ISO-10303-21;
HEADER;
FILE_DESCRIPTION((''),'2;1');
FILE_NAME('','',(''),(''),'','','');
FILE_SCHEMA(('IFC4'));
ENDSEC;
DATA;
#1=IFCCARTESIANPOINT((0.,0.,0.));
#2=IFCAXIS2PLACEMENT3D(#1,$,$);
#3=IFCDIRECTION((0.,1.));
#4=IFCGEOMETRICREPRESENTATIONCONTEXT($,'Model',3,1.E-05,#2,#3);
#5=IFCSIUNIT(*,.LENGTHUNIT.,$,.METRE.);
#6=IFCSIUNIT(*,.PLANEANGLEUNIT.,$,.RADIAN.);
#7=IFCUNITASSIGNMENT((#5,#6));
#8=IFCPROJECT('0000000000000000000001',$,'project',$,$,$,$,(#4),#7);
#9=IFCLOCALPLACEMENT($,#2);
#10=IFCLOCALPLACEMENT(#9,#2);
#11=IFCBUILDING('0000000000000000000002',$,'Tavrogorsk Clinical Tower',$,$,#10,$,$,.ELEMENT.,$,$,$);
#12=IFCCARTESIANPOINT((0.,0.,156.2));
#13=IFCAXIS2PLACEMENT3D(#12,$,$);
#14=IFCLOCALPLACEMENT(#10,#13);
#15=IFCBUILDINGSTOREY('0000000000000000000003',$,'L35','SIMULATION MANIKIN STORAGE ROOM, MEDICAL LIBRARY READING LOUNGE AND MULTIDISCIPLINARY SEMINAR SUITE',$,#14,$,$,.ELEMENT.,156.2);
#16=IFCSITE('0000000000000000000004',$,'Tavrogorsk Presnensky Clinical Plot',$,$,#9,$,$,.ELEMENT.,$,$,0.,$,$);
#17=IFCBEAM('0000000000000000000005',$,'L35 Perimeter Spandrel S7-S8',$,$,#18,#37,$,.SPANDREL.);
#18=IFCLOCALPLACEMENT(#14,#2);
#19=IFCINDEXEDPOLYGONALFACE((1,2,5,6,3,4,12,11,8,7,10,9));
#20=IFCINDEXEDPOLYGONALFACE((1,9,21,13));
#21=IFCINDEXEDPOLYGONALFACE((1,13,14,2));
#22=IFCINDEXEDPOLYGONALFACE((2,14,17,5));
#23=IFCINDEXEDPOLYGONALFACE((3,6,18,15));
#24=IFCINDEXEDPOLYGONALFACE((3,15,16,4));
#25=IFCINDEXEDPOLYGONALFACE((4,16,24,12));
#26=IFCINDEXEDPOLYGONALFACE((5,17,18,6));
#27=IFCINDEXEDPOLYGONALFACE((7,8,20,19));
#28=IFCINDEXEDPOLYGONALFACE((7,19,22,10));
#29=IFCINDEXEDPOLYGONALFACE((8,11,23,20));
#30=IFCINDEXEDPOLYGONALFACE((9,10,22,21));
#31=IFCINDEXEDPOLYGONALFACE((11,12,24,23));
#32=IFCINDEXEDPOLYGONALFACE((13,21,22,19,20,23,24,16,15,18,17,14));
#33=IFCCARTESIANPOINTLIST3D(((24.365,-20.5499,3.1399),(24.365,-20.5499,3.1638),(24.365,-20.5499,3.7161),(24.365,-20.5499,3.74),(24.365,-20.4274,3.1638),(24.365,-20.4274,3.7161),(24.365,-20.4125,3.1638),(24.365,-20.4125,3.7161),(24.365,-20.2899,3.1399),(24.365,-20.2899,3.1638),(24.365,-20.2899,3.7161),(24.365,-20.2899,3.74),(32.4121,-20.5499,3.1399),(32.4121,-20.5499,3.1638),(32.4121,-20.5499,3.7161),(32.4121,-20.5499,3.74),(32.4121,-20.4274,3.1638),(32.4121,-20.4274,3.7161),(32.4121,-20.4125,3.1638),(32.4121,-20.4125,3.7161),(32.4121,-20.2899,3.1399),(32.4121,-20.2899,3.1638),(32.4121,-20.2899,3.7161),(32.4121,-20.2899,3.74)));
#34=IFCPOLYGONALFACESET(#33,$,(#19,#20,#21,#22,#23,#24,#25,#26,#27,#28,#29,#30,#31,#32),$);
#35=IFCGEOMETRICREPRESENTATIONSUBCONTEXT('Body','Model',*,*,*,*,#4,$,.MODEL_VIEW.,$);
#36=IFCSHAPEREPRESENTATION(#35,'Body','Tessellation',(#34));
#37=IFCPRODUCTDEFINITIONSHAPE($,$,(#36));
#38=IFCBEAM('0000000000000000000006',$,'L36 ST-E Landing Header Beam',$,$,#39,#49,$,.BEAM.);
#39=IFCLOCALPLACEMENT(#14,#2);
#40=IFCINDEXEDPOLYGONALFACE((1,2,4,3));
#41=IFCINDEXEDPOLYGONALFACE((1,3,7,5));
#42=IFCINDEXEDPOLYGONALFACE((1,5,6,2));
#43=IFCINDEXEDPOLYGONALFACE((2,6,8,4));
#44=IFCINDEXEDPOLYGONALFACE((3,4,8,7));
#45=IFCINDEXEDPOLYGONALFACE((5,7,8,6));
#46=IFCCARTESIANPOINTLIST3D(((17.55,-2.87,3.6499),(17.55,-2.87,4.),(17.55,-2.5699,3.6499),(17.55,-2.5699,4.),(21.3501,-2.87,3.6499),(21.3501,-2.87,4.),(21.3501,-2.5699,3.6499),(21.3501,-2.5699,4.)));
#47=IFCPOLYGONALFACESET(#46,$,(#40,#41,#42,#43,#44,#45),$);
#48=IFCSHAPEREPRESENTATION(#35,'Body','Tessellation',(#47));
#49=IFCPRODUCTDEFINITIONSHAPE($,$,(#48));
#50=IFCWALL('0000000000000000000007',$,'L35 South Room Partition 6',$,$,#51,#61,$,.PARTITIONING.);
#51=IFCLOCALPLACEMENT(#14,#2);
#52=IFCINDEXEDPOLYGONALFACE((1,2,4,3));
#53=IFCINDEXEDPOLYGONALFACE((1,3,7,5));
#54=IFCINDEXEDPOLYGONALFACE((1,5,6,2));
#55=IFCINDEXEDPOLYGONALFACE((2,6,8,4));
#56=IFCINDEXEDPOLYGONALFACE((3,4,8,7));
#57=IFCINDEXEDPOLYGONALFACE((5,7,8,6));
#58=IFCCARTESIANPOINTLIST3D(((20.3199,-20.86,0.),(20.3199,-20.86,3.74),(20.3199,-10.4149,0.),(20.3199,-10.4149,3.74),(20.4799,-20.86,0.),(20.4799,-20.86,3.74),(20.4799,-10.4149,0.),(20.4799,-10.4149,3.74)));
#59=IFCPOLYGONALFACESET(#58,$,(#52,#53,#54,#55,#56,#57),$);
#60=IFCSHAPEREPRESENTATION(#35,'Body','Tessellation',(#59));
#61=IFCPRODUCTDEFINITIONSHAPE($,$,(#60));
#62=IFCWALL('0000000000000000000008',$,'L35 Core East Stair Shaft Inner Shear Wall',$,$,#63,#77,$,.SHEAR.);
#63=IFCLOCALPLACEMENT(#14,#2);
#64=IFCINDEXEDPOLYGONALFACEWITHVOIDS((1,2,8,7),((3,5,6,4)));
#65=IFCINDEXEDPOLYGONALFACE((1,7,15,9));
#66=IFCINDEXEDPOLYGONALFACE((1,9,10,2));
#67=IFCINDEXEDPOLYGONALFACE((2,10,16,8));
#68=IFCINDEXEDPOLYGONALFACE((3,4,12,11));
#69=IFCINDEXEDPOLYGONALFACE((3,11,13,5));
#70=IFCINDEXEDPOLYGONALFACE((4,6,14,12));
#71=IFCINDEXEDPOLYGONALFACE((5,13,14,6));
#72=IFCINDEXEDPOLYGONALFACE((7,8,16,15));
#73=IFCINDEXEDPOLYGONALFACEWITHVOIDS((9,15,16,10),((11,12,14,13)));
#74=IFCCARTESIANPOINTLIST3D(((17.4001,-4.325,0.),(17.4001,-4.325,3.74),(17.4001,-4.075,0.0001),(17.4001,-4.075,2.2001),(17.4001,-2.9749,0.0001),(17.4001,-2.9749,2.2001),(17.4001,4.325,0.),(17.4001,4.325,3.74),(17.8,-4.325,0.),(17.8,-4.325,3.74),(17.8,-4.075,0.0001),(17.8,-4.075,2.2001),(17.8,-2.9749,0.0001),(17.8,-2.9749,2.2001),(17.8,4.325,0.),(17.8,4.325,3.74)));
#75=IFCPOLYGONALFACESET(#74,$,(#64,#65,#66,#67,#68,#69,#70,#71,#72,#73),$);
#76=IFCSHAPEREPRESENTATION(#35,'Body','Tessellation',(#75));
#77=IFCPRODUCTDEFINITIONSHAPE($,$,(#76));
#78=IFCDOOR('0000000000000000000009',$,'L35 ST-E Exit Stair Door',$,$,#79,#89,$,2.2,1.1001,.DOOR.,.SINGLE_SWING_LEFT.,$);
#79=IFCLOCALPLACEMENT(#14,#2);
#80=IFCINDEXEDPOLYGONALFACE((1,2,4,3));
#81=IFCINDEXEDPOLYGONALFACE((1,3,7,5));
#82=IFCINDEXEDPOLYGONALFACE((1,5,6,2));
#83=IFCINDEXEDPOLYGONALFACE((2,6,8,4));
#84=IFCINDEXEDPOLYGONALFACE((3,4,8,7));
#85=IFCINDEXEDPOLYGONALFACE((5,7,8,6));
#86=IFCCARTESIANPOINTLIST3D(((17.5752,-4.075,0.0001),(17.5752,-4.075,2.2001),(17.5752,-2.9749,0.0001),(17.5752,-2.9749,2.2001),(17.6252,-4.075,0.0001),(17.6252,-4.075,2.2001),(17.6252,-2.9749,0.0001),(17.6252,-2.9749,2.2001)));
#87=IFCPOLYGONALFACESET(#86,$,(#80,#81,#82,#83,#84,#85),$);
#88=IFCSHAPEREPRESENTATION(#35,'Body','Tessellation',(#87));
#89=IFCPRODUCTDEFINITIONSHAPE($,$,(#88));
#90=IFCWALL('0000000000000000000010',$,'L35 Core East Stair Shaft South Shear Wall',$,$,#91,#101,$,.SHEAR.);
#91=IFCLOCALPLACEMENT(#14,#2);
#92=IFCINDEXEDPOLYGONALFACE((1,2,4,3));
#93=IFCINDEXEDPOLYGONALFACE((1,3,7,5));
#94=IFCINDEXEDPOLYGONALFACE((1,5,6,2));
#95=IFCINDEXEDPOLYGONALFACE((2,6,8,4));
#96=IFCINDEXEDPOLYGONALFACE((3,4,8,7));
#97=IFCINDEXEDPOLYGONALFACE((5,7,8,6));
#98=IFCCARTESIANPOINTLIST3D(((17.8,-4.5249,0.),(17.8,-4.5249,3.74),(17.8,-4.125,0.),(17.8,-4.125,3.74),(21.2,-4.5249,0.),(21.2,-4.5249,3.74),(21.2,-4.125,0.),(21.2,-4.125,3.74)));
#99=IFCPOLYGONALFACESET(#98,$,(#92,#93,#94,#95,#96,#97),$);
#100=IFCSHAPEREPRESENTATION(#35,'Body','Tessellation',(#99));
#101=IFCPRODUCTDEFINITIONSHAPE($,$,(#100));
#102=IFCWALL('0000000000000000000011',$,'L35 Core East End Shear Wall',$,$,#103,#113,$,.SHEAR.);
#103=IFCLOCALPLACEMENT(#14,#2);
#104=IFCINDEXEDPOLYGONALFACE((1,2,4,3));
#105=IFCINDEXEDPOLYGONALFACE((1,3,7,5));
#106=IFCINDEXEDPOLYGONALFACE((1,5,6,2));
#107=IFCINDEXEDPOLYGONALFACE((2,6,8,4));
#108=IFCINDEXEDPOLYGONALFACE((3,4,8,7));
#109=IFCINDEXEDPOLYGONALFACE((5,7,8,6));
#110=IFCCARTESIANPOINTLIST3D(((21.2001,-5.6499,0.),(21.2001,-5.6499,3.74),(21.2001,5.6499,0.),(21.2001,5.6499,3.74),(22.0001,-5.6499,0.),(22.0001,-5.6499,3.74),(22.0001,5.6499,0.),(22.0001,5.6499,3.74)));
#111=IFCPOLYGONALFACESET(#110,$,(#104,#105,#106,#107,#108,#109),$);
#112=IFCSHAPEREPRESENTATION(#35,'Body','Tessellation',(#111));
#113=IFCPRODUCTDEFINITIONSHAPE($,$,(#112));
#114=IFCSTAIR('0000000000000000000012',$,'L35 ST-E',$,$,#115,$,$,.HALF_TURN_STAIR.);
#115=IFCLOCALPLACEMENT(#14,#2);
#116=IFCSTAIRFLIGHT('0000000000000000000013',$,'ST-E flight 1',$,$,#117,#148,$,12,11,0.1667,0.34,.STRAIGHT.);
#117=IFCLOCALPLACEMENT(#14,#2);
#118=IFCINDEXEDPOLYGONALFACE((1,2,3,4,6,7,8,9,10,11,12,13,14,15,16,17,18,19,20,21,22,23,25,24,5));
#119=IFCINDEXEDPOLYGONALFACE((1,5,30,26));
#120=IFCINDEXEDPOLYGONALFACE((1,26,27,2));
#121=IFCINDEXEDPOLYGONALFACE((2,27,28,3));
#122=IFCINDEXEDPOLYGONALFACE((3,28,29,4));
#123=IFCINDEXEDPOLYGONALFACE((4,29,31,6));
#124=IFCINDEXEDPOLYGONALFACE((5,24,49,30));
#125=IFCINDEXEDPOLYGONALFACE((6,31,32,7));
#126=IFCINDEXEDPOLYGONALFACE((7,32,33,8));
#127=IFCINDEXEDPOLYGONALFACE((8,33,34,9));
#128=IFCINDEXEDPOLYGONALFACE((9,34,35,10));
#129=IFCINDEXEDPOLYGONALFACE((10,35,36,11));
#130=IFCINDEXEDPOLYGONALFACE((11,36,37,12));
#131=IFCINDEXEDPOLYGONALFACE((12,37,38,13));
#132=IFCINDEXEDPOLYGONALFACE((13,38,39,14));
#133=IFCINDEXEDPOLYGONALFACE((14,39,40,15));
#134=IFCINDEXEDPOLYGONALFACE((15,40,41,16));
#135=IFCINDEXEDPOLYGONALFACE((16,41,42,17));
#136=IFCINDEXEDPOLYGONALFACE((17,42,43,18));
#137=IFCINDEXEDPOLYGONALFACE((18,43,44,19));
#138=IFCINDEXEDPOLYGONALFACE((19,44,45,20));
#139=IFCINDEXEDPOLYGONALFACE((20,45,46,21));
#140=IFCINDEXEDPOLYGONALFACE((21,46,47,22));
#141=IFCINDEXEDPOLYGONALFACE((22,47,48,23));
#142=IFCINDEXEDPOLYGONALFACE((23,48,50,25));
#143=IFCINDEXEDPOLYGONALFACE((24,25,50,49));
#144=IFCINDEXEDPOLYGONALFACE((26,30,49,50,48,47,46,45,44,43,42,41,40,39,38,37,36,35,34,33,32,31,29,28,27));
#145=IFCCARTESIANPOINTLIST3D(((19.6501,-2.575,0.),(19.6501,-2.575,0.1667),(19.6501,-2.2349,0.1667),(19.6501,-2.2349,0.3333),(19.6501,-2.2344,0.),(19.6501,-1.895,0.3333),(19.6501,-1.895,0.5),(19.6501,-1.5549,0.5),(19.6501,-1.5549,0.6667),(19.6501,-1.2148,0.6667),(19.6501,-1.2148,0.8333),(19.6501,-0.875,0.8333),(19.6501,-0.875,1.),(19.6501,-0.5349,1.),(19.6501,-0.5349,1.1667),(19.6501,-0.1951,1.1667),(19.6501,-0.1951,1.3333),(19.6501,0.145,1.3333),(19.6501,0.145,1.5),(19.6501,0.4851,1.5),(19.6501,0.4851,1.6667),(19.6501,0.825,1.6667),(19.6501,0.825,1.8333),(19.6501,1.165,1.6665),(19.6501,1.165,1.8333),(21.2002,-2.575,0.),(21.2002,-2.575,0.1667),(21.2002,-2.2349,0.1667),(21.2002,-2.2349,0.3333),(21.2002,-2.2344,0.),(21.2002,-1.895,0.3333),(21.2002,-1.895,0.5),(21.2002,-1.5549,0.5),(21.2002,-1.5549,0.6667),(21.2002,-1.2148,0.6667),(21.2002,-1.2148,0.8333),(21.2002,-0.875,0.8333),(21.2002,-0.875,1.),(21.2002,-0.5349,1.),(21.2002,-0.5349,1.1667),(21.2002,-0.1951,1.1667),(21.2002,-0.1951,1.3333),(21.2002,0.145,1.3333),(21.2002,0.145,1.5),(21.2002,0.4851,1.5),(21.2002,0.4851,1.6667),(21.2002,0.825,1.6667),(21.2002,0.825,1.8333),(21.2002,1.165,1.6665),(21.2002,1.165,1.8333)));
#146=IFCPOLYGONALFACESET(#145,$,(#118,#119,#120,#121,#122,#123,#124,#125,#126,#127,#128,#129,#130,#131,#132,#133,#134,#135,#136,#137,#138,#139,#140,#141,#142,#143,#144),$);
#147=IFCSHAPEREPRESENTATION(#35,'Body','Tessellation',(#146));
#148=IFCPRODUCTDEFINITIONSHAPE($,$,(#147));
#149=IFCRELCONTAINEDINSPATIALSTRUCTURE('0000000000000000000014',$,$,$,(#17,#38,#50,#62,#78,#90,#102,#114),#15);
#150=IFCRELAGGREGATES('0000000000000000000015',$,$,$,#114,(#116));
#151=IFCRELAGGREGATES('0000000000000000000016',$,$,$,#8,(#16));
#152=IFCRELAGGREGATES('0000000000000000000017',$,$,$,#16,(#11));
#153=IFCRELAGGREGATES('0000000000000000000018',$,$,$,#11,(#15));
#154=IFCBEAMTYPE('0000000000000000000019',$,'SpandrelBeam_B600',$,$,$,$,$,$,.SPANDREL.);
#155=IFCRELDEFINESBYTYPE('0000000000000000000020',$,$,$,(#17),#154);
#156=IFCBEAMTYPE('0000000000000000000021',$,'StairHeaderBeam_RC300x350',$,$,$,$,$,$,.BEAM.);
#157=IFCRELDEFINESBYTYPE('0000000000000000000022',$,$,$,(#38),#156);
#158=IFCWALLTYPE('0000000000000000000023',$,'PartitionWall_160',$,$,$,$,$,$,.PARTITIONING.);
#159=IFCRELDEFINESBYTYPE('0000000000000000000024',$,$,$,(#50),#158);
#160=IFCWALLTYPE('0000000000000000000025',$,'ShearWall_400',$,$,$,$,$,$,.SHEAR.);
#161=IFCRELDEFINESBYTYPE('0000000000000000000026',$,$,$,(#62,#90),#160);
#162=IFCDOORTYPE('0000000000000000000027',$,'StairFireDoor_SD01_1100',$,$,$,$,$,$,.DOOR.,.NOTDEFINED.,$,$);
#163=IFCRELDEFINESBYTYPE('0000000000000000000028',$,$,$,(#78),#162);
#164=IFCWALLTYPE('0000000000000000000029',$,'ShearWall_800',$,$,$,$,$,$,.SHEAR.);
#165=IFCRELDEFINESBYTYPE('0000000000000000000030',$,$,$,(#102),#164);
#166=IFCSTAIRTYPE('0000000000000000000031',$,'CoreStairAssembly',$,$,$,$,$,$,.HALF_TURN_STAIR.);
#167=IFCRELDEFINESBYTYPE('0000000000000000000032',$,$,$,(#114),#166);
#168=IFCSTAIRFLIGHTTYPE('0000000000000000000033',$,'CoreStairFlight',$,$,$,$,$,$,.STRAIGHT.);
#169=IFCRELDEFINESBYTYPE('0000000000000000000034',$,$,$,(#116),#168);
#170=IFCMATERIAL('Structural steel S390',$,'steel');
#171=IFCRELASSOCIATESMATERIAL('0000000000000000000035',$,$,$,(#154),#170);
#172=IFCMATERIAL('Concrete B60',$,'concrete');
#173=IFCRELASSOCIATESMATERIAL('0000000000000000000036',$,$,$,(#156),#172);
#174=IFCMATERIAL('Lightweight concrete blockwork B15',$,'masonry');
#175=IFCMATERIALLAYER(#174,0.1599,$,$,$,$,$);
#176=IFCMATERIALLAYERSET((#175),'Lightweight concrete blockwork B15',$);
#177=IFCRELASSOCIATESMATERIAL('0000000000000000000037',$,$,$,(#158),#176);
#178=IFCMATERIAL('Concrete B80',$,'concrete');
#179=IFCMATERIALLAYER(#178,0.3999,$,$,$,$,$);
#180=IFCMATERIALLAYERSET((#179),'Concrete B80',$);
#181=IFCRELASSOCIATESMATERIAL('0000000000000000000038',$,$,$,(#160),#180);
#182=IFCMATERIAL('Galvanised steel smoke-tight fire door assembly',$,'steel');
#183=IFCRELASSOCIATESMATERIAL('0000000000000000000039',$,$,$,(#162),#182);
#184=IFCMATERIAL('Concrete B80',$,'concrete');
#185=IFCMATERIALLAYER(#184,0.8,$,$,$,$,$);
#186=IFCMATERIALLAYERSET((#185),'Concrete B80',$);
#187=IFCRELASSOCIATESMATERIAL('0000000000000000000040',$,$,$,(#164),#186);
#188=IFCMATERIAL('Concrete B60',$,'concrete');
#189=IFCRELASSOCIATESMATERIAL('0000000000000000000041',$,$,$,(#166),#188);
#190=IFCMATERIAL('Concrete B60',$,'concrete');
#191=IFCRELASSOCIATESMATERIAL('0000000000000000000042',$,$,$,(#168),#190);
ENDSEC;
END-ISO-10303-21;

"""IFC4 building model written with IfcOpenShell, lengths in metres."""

from ifc_helpers import new_model, si_unit, direction, frame, frame_2d, origin, origin_2d, place, context, subcontext, project, spatial, polyline, rectangle, i_section, outline, extrude, material, layer, layer_set, material_profile, profile_set, type_object, element, fill, aggregate, save


model = new_model("IFC4")

# Units and contexts
model_context = context("Model", 3, precision=1e-05, world=origin(), true_north=direction((0.0, 1.0)))
body_context = subcontext(model_context, "Body", "Model", "MODEL_VIEW")
ifc_project = project(units=[si_unit("LENGTHUNIT", "METRE"), si_unit("PLANEANGLEUNIT", "RADIAN")], contexts=[model_context])

# Site, building, storey
site_placement = place(None, origin())
site = spatial("IfcSite", under=ifc_project, at=site_placement, Name="Tavrogorsk Presnensky Clinical Plot", CompositionType="ELEMENT", RefElevation=0.0)
building_placement = place(site_placement, origin())
building = spatial("IfcBuilding", under=site, at=building_placement, Name="Tavrogorsk Clinical Tower", CompositionType="ELEMENT")
storey_placement = place(building_placement, frame((0.0, 0.0, 156.2)))
storey = spatial("IfcBuildingStorey", under=building, at=storey_placement, Name="L35", Description="SIMULATION MANIKIN STORAGE ROOM, MEDICAL LIBRARY READING LOUNGE AND MULTIDISCIPLINARY SEMINAR SUITE", CompositionType="ELEMENT", Elevation=156.2)

# Beams
ifc_material_1 = material(Name="Structural steel S390", Category="steel")
ifc_material_profile_1 = material_profile(ifc_material_1, i_section(OverallWidth=0.26, OverallDepth=0.6001, WebThickness=0.0149, FlangeThickness=0.0239, at=origin_2d()), Name="B-600x260x15x24")
ifc_profile_set_1 = profile_set([ifc_material_profile_1], Name="Structural steel S390")
beam_type_1 = type_object("IfcBeamType", Name="SpandrelBeam_B600", PredefinedType="SPANDREL", material=ifc_profile_set_1)
beam_1_placement = place(storey_placement, frame((24.365, -20.4199, 3.4399), z_axis=(1.0, 0.0, 0.0), x_axis=(0.0, 1.0, 0.0)))
element("IfcBeam", 1, at=beam_1_placement, inside=storey, type_object=beam_type_1, Name="L35 Perimeter Spandrel S7-S8", PredefinedType="SPANDREL", context=body_context, shape_type="SweptSolid", body=[
    extrude(i_section(OverallWidth=0.26, OverallDepth=0.6001, WebThickness=0.0149, FlangeThickness=0.0239, at=origin_2d()), origin(), (0.0, 0.0, 1.0), 8.0471),
])
ifc_material_2 = material(Name="Concrete B60", Category="concrete")
ifc_material_profile_2 = material_profile(ifc_material_2, rectangle(XDim=0.3, YDim=0.3501, at=origin_2d()), Name="RC-SHB-300x350")
ifc_profile_set_2 = profile_set([ifc_material_profile_2], Name="Concrete B60")
beam_type_2 = type_object("IfcBeamType", Name="StairHeaderBeam_RC300x350", PredefinedType="BEAM", material=ifc_profile_set_2)
beam_2_placement = place(storey_placement, frame((17.55, -2.72, 3.825), z_axis=(1.0, 0.0, 0.0), x_axis=(0.0, 1.0, 0.0)))
element("IfcBeam", 2, at=beam_2_placement, inside=storey, type_object=beam_type_2, Name="L36 ST-E Landing Header Beam", PredefinedType="BEAM", context=body_context, shape_type="SweptSolid", body=[
    extrude(rectangle(XDim=0.3, YDim=0.3501, at=origin_2d()), origin(), (0.0, 0.0, 1.0), 3.8),
])

# Wall
ifc_material_3 = material(Name="Lightweight concrete blockwork B15", Category="masonry")
ifc_layer_1 = layer(ifc_material_3, 0.1599)
ifc_layer_set_1 = layer_set([ifc_layer_1], Name="Lightweight concrete blockwork B15")
wall_type_1 = type_object("IfcWallType", Name="PartitionWall_160", PredefinedType="PARTITIONING", material=ifc_layer_set_1)
wall_1_placement = place(storey_placement, frame((20.3999, -20.8601, 0.0), z_axis=(0.0, 0.0, 1.0), x_axis=(0.0, 1.0, 0.0)))
element("IfcWall", 3, at=wall_1_placement, inside=storey, type_object=wall_type_1, Name="L35 South Room Partition 6", PredefinedType="PARTITIONING", context=body_context, shape_type="SweptSolid", body=[
    extrude(rectangle(XDim=10.4451, YDim=0.1599, at=frame_2d((5.2227, 0.0))), origin(), (0.0, 0.0, 1.0), 3.74),
])

# Wall, opening, door
ifc_material_4 = material(Name="Concrete B80", Category="concrete")
ifc_layer_2 = layer(ifc_material_4, 0.3999)
ifc_layer_set_2 = layer_set([ifc_layer_2], Name="Concrete B80")
wall_type_2 = type_object("IfcWallType", Name="ShearWall_400", PredefinedType="SHEAR", material=ifc_layer_set_2)
wall_2_placement = place(storey_placement, frame((17.6001, -4.325, 0.0), z_axis=(0.0, 0.0, 1.0), x_axis=(0.0, 1.0, 0.0)))
wall_2 = element("IfcWall", 4, at=wall_2_placement, inside=storey, type_object=wall_type_2, Name="L35 Core East Stair Shaft Inner Shear Wall", PredefinedType="SHEAR", context=body_context, shape_type="SweptSolid", body=[
    extrude(rectangle(XDim=8.6499, YDim=0.3999, at=frame_2d((4.325, 0.0))), origin(), (0.0, 0.0, 1.0), 3.74),
])
opening_placement = place(wall_2_placement, frame((0.25, 0.0, 0.0)))
opening = element("IfcOpeningElement", 5, at=opening_placement, cuts=wall_2, PredefinedType="OPENING", context=body_context, shape_type="SweptSolid", body=[
    extrude(rectangle(XDim=1.1001, YDim=2.2, at=frame_2d((0.55, 1.1001))), frame((0.0, 0.21, 0.0), z_axis=(0.0, -1.0, 0.0), x_axis=(1.0, 0.0, 0.0)), (0.0, 0.0, 1.0), 0.4199),
])
ifc_material_5 = material(Name="Galvanised steel smoke-tight fire door assembly", Category="steel")
door_type = type_object("IfcDoorType", Name="StairFireDoor_SD01_1100", OperationType="NOTDEFINED", PredefinedType="DOOR", material=ifc_material_5)
door_placement = place(opening_placement, origin())
door = element("IfcDoor", 6, at=door_placement, inside=storey, type_object=door_type, Name="L35 ST-E Exit Stair Door", OperationType="SINGLE_SWING_LEFT", OverallHeight=2.2, OverallWidth=1.1001, PredefinedType="DOOR", context=body_context, shape_type="SweptSolid", body=[
    extrude(rectangle(XDim=1.1001, YDim=2.2, at=frame_2d((0.55, 1.1001))), frame((0.0, 0.0249, 0.0), z_axis=(0.0, -1.0, 0.0), x_axis=(1.0, 0.0, 0.0)), (0.0, 0.0, 1.0), 0.05),
])
fill(opening, door)

# Walls
wall_3_placement = place(storey_placement, frame((17.8, -4.325, 0.0), z_axis=(0.0, 0.0, 1.0), x_axis=(1.0, 0.0, 0.0)))
element("IfcWall", 7, at=wall_3_placement, inside=storey, type_object=wall_type_2, Name="L35 Core East Stair Shaft South Shear Wall", PredefinedType="SHEAR", context=body_context, shape_type="SweptSolid", body=[
    extrude(rectangle(XDim=3.3999, YDim=0.3999, at=frame_2d((1.7, 0.0))), origin(), (0.0, 0.0, 1.0), 3.74),
])
ifc_material_6 = material(Name="Concrete B80", Category="concrete")
ifc_layer_3 = layer(ifc_material_6, 0.8)
ifc_layer_set_3 = layer_set([ifc_layer_3], Name="Concrete B80")
wall_type_3 = type_object("IfcWallType", Name="ShearWall_800", PredefinedType="SHEAR", material=ifc_layer_set_3)
wall_4_placement = place(storey_placement, frame((21.6001, -5.6499, 0.0), z_axis=(0.0, 0.0, 1.0), x_axis=(0.0, 1.0, 0.0)))
element("IfcWall", 8, at=wall_4_placement, inside=storey, type_object=wall_type_3, Name="L35 Core East End Shear Wall", PredefinedType="SHEAR", context=body_context, shape_type="SweptSolid", body=[
    extrude(rectangle(XDim=11.2998, YDim=0.8, at=frame_2d((5.6499, 0.0))), origin(), (0.0, 0.0, 1.0), 3.74),
])

# Stair, stair flight
ifc_material_7 = material(Name="Concrete B60", Category="concrete")
stair_type = type_object("IfcStairType", Name="CoreStairAssembly", PredefinedType="HALF_TURN_STAIR", material=ifc_material_7)
stair_placement = place(storey_placement, origin())
stair = element("IfcStair", 9, at=stair_placement, inside=storey, type_object=stair_type, Name="L35 ST-E", PredefinedType="HALF_TURN_STAIR")
ifc_material_8 = material(Name="Concrete B60", Category="concrete")
stair_flight_type = type_object("IfcStairFlightType", Name="CoreStairFlight", PredefinedType="STRAIGHT", material=ifc_material_8)
stair_flight_placement = place(storey_placement, frame((20.425, -2.575, 0.0), z_axis=(0.0, 0.0, 1.0), x_axis=(0.0, 1.0, 0.0)))
stair_flight = element("IfcStairFlight", 10, at=stair_flight_placement, type_object=stair_flight_type, Name="ST-E flight 1", NumberOfRisers=12, NumberOfTreads=11, PredefinedType="STRAIGHT", RiserHeight=0.1667, TreadLength=0.34, context=body_context, shape_type="SweptSolid", body=[
    extrude(outline(polyline([(0.0, 0.0), (0.0, 0.1667), (0.3401, 0.1667), (0.3401, 0.3333), (0.6799, 0.3333), (0.6799, 0.5), (1.02, 0.5), (1.02, 0.6667), (1.3601, 0.6667), (1.3601, 0.8333), (1.7, 0.8333), (1.7, 1.0), (2.04, 1.0), (2.04, 1.1667), (2.3799, 1.1667), (2.3799, 1.3333), (2.72, 1.3333), (2.72, 1.5), (3.0601, 1.5), (3.0601, 1.6667), (3.3999, 1.6667), (3.3999, 1.8333), (3.74, 1.8333), (3.74, 2.0), (3.74, 1.6665), (0.3406, 0.0), (0.0, 0.0)])), frame((0.0, 0.7749, 0.0), z_axis=(0.0, -1.0, 0.0), x_axis=(1.0, 0.0, 0.0)), (0.0, 0.0, 1.0), 1.55),
])
aggregate(stair, [stair_flight])

save(model, "model.ifc")
